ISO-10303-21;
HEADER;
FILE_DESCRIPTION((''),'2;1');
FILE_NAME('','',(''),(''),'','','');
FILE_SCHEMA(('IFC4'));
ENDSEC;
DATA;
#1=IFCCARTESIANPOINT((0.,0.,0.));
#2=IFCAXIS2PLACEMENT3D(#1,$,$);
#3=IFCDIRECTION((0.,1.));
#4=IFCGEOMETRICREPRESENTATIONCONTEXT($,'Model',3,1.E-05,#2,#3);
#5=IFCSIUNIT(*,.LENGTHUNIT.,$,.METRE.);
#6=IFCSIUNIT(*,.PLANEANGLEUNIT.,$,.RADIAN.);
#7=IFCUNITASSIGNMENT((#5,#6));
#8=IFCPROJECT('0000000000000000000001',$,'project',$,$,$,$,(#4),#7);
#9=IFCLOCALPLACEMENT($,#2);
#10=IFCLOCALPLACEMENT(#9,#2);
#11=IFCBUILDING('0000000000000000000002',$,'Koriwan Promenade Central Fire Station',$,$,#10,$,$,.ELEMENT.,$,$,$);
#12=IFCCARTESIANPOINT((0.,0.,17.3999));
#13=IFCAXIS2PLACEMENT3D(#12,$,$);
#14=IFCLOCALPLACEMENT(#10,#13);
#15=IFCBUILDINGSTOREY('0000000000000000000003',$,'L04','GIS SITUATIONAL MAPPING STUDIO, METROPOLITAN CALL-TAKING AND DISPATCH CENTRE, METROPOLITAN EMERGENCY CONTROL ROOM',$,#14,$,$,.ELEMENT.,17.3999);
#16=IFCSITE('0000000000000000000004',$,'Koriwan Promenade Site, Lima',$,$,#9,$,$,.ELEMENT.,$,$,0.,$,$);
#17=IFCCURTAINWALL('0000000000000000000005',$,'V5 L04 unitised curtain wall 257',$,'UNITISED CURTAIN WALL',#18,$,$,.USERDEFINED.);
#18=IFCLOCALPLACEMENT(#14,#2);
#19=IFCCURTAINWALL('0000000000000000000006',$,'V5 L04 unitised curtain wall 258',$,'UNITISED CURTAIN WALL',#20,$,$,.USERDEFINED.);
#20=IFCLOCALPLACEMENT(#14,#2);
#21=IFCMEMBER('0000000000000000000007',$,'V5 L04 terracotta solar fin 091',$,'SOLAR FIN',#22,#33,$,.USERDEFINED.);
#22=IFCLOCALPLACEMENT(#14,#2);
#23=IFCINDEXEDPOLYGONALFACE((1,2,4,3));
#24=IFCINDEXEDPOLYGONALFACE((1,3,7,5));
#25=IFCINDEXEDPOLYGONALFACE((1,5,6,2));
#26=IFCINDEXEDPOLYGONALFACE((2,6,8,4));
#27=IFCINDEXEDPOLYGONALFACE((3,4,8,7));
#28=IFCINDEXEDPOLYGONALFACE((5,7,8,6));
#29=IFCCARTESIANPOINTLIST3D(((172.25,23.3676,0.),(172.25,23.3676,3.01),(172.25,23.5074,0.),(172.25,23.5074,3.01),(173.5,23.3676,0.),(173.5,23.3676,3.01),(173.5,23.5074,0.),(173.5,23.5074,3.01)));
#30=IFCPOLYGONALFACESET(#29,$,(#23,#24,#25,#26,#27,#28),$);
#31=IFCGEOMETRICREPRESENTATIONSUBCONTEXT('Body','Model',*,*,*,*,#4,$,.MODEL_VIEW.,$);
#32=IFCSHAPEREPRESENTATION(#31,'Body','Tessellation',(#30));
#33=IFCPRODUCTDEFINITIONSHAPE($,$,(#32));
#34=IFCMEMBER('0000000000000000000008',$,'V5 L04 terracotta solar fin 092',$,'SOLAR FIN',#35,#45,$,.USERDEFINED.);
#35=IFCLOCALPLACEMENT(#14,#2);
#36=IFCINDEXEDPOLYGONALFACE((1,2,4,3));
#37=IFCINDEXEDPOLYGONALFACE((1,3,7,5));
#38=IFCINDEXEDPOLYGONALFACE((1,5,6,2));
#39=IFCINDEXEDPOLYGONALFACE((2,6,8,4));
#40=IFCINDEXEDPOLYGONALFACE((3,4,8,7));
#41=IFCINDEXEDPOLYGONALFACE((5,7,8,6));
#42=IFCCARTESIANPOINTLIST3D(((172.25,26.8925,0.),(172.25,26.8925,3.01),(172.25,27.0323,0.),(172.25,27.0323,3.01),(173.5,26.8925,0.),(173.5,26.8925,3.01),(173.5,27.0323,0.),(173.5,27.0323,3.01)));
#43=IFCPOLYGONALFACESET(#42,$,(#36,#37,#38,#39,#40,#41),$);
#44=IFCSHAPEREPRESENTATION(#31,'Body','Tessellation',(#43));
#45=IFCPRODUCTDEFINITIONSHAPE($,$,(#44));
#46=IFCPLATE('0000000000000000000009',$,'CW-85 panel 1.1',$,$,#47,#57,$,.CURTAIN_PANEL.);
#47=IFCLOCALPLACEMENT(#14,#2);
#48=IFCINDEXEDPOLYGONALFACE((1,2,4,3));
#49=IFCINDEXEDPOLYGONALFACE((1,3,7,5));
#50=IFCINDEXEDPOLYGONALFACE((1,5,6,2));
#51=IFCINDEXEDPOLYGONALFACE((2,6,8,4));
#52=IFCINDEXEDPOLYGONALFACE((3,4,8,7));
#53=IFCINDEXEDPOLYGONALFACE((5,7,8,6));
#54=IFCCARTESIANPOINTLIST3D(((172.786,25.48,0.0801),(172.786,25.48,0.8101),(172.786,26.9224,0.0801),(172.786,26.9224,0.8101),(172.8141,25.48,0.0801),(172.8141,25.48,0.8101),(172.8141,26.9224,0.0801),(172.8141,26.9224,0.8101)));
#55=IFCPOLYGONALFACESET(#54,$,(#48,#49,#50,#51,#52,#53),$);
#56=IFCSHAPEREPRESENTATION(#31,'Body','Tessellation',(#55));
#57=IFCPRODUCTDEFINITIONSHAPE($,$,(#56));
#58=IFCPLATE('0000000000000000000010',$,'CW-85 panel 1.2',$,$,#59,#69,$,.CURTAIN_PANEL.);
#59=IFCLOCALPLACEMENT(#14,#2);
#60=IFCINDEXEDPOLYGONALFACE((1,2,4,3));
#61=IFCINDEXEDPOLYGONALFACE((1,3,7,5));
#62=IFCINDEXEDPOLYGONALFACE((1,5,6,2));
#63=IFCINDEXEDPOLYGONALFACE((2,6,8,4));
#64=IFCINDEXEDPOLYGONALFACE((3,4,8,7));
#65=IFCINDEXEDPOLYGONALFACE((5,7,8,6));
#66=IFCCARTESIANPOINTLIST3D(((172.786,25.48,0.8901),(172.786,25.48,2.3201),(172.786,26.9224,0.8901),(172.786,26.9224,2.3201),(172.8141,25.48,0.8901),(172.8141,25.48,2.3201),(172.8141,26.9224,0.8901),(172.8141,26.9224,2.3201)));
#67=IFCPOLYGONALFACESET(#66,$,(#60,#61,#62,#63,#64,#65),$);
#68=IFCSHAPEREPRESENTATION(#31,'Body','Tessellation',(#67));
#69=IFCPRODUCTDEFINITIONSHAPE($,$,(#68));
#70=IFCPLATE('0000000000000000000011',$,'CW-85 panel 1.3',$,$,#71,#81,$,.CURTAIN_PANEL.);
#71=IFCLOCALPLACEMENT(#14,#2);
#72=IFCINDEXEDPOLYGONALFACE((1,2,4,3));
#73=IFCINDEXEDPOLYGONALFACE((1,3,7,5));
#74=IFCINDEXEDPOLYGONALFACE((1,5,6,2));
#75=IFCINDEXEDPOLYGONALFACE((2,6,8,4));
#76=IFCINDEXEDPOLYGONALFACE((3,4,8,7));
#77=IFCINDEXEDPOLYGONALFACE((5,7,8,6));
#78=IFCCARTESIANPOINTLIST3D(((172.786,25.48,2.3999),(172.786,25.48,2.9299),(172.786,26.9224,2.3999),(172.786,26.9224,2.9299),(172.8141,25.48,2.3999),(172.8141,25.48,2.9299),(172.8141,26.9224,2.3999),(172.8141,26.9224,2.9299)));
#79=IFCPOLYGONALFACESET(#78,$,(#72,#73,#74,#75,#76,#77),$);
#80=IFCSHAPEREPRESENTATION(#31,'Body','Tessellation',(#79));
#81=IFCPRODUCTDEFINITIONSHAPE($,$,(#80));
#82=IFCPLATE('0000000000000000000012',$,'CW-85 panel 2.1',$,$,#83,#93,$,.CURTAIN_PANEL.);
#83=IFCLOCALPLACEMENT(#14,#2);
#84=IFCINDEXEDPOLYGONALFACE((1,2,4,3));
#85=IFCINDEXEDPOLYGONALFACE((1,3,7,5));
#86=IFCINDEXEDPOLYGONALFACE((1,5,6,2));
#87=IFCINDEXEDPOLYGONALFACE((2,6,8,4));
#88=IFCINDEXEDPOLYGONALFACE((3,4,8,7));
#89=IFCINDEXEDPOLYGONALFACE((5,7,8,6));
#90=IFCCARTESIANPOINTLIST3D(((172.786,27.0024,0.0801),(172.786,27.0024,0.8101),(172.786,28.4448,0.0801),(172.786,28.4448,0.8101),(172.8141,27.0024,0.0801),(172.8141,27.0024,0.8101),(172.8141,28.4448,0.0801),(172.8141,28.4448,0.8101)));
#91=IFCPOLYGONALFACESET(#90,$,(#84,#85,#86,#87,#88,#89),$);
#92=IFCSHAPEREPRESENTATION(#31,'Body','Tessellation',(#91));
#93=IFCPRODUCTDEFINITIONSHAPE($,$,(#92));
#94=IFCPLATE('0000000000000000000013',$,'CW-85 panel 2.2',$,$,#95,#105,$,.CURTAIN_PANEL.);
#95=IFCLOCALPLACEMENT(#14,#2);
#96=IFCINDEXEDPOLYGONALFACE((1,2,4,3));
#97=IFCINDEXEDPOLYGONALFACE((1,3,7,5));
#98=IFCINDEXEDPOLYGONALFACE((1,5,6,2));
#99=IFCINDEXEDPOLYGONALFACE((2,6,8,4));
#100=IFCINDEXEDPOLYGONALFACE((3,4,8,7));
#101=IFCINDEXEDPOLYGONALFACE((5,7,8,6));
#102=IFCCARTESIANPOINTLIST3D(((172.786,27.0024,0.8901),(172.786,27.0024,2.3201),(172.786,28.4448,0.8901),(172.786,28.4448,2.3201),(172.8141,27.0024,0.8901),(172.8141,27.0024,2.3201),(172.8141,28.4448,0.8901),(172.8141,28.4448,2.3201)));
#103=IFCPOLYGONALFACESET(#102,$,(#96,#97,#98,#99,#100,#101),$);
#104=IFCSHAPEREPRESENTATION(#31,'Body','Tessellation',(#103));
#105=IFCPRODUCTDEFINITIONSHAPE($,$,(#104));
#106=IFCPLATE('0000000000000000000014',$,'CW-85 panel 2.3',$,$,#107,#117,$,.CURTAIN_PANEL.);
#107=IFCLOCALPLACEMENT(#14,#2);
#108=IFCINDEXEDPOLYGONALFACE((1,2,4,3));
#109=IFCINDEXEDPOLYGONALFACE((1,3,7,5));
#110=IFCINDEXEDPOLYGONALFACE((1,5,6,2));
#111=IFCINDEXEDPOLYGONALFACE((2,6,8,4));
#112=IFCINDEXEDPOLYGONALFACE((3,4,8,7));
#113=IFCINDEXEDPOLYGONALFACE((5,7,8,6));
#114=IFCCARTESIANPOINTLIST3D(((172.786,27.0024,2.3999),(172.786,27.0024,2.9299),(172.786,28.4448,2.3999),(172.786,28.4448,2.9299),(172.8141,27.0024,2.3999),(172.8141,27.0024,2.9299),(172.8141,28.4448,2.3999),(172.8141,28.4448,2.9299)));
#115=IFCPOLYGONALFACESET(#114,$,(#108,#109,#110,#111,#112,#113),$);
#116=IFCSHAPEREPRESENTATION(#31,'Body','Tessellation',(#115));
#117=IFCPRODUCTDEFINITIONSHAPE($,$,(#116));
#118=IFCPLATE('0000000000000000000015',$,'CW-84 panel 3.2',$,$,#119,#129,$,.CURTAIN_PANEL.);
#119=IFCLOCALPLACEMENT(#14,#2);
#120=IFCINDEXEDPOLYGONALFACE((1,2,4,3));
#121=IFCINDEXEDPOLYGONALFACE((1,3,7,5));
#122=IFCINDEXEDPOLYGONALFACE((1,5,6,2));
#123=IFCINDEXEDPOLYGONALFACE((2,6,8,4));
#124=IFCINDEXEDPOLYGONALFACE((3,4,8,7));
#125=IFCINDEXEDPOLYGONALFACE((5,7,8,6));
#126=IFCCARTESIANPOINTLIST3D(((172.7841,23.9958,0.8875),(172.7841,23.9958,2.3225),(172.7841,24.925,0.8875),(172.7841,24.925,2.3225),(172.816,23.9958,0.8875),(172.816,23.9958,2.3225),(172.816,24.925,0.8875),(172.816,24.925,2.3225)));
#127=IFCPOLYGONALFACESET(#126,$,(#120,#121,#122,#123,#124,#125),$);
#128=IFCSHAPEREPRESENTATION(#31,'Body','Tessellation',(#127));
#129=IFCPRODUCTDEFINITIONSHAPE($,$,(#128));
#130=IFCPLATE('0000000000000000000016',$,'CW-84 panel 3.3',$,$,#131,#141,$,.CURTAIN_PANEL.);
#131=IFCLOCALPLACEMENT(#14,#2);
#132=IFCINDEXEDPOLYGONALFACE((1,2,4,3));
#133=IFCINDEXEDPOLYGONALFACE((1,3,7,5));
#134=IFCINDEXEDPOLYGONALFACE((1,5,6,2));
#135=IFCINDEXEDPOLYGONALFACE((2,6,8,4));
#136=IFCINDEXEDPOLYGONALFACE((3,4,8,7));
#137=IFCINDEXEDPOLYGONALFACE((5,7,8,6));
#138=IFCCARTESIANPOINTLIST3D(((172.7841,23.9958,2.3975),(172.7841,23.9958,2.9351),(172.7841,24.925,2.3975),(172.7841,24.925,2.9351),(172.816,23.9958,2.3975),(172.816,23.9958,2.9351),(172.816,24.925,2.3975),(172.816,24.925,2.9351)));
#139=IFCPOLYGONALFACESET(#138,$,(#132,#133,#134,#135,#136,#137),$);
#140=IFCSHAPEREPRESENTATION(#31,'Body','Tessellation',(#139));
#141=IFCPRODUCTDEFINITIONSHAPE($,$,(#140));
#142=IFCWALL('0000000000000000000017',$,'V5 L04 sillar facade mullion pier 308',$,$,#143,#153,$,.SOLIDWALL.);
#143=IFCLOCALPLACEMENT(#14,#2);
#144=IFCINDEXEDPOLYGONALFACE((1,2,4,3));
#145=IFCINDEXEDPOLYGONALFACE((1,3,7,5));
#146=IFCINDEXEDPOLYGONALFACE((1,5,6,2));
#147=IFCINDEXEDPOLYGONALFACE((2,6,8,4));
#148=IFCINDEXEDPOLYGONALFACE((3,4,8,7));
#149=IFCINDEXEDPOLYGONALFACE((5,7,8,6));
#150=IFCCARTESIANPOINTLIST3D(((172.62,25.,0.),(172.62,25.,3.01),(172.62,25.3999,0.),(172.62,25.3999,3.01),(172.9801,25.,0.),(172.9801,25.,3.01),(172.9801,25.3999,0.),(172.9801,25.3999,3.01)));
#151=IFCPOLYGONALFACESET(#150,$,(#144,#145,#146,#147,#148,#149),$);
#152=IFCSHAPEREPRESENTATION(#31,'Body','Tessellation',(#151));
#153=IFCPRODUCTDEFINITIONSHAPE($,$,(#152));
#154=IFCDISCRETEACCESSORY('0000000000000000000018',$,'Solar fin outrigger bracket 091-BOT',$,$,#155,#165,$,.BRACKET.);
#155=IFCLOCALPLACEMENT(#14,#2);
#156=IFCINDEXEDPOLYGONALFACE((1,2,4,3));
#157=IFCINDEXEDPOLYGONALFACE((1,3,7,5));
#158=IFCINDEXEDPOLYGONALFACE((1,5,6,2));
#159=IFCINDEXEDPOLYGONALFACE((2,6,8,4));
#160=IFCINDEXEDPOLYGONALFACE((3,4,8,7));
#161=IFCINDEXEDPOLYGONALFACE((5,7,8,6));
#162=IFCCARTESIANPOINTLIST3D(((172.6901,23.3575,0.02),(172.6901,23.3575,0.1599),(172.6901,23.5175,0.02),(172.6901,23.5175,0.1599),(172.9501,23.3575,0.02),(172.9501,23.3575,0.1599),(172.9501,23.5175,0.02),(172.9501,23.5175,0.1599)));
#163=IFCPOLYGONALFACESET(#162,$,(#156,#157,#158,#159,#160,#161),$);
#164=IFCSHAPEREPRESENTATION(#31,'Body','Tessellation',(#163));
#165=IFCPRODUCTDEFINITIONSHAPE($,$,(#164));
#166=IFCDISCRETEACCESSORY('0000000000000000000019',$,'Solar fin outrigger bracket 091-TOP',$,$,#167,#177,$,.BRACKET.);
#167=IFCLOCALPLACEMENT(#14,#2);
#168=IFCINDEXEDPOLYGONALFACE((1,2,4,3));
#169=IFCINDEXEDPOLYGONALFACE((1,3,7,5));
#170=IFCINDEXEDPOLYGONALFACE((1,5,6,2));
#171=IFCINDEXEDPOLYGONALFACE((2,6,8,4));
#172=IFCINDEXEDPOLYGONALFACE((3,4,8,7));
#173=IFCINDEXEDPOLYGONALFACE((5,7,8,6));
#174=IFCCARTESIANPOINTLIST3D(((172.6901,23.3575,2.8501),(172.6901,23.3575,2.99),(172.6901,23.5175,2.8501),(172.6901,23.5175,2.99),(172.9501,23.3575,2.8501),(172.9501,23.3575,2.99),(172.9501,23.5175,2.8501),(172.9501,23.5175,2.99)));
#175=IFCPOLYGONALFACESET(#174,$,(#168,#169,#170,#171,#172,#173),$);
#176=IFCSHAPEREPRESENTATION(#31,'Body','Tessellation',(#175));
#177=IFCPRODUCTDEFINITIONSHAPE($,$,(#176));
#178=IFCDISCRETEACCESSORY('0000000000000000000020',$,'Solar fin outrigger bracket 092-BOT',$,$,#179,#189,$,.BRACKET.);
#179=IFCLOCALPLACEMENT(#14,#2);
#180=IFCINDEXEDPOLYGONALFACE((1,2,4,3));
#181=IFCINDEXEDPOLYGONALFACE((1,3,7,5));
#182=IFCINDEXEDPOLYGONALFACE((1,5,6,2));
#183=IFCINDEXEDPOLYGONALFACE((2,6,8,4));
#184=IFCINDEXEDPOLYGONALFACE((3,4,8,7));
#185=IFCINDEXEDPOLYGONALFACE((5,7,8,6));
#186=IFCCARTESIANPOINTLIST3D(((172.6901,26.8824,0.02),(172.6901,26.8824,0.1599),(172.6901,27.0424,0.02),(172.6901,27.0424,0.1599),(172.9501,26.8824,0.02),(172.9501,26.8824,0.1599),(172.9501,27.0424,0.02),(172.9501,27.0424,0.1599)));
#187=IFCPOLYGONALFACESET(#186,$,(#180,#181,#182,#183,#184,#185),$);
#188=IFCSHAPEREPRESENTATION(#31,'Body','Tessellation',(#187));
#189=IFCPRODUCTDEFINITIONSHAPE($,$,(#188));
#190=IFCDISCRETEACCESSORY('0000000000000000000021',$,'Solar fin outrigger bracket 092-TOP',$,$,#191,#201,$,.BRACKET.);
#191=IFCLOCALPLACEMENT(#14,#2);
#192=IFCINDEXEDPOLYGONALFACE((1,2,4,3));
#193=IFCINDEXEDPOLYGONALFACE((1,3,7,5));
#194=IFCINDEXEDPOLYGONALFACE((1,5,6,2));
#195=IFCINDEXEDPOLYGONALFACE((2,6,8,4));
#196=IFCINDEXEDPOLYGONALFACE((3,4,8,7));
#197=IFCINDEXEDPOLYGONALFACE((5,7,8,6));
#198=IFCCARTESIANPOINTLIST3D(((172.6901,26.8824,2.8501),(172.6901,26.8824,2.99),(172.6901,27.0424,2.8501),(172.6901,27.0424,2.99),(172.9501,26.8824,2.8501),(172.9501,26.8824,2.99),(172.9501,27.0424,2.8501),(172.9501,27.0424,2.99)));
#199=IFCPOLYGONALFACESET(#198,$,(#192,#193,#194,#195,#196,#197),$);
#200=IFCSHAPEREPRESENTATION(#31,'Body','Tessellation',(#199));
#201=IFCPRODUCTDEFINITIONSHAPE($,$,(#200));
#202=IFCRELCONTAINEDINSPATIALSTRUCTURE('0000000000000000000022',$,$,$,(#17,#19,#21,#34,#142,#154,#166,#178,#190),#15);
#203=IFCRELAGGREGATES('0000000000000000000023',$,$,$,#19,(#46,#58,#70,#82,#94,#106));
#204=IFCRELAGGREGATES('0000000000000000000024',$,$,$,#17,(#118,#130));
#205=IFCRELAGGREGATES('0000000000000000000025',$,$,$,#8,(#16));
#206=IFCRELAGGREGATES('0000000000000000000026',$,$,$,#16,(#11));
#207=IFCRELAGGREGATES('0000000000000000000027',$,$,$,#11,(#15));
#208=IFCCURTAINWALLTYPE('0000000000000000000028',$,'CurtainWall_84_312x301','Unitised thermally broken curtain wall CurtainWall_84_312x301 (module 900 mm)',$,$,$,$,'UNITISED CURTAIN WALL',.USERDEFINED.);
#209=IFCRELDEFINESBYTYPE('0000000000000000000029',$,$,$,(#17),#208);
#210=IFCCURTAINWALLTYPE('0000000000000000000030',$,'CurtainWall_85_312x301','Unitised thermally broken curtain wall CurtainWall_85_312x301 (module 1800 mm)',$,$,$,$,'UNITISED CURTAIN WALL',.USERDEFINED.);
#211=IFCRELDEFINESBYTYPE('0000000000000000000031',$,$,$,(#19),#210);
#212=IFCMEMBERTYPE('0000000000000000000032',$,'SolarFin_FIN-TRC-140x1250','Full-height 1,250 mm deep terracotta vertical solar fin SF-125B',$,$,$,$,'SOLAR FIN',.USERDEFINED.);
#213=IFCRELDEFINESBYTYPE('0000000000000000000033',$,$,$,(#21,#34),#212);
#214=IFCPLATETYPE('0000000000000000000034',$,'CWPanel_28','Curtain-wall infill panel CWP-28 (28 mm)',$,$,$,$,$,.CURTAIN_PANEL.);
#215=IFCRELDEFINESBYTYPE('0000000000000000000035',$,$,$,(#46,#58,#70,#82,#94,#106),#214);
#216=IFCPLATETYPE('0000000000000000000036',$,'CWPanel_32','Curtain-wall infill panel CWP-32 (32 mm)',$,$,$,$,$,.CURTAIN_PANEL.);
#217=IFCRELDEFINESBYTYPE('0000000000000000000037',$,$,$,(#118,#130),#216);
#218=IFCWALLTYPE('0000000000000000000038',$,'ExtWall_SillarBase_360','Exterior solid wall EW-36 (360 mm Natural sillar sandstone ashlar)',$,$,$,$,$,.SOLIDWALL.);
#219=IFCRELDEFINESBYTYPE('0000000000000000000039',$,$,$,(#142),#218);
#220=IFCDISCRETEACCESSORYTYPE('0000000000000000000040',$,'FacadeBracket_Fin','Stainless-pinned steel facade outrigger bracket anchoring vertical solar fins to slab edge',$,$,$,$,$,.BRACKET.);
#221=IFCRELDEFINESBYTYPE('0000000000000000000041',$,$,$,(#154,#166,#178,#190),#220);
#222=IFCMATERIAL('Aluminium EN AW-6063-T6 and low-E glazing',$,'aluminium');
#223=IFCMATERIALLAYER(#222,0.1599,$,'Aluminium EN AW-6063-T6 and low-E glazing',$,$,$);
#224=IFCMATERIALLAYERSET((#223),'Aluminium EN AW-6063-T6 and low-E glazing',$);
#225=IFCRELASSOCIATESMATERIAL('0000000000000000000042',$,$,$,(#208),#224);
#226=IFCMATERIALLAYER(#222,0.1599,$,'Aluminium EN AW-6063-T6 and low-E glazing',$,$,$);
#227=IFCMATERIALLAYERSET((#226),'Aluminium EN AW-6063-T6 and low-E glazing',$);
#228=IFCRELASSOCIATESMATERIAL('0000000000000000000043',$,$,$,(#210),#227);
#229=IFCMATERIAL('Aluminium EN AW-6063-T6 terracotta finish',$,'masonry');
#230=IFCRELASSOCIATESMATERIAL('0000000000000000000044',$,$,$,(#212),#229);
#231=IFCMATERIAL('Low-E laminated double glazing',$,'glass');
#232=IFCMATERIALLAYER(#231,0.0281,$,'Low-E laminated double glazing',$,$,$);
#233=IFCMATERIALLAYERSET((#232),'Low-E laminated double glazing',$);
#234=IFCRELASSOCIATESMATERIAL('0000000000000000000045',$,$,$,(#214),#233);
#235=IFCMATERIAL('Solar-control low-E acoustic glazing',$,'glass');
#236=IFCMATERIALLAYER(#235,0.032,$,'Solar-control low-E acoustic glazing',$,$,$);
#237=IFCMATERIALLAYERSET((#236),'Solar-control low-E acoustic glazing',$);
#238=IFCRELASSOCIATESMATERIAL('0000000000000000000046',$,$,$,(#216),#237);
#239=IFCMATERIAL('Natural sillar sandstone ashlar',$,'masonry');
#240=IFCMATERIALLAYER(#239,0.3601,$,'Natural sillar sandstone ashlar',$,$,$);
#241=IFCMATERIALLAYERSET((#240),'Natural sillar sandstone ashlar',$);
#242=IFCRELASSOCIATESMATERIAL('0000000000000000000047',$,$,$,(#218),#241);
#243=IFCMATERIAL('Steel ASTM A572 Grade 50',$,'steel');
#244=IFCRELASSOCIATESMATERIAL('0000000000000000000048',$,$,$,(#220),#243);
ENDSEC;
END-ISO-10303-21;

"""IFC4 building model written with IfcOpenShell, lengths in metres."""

from ifc_helpers import new_model, si_unit, direction, frame, frame_2d, origin, origin_2d, place, context, subcontext, project, spatial, rectangle, extrude, material, layer, layer_set, material_profile, profile_set, type_object, element, aggregate, save


model = new_model("IFC4")

# Units and contexts
model_context = context("Model", 3, precision=1e-05, world=origin(), true_north=direction((0.0, 1.0)))
body_context = subcontext(model_context, "Body", "Model", "MODEL_VIEW")
ifc_project = project(units=[si_unit("LENGTHUNIT", "METRE"), si_unit("PLANEANGLEUNIT", "RADIAN")], contexts=[model_context])

# Site, building, storey
site_placement = place(None, origin())
site = spatial("IfcSite", under=ifc_project, at=site_placement, Name="Koriwan Promenade Site, Lima", CompositionType="ELEMENT", RefElevation=0.0)
building_placement = place(site_placement, origin())
building = spatial("IfcBuilding", under=site, at=building_placement, Name="Koriwan Promenade Central Fire Station", CompositionType="ELEMENT")
storey_placement = place(building_placement, frame((0.0, 0.0, 17.3999)))
storey = spatial("IfcBuildingStorey", under=building, at=storey_placement, Name="L04", Description="GIS SITUATIONAL MAPPING STUDIO, METROPOLITAN CALL-TAKING AND DISPATCH CENTRE, METROPOLITAN EMERGENCY CONTROL ROOM", CompositionType="ELEMENT", Elevation=17.3999)

# Curtain wall
ifc_material_1 = material(Name="Aluminium EN AW-6063-T6 and low-E glazing", Category="aluminium")
ifc_layer_1 = layer(ifc_material_1, 0.1599, Name="Aluminium EN AW-6063-T6 and low-E glazing")
ifc_layer_set_1 = layer_set([ifc_layer_1], Name="Aluminium EN AW-6063-T6 and low-E glazing")
curtain_wall_type_1 = type_object("IfcCurtainWallType", Name="CurtainWall_84_312x301", Description="Unitised thermally broken curtain wall CurtainWall_84_312x301 (module 900 mm)", ElementType="UNITISED CURTAIN WALL", PredefinedType="USERDEFINED", material=ifc_layer_set_1)
curtain_wall_1_placement = place(storey_placement, origin())
curtain_wall_1 = element("IfcCurtainWall", 1, at=curtain_wall_1_placement, inside=storey, type_object=curtain_wall_type_1, Name="V5 L04 unitised curtain wall 257", ObjectType="UNITISED CURTAIN WALL", PredefinedType="USERDEFINED")

# Curtain wall
ifc_layer_2 = layer(ifc_material_1, 0.1599, Name="Aluminium EN AW-6063-T6 and low-E glazing")
ifc_layer_set_2 = layer_set([ifc_layer_2], Name="Aluminium EN AW-6063-T6 and low-E glazing")
curtain_wall_type_2 = type_object("IfcCurtainWallType", Name="CurtainWall_85_312x301", Description="Unitised thermally broken curtain wall CurtainWall_85_312x301 (module 1800 mm)", ElementType="UNITISED CURTAIN WALL", PredefinedType="USERDEFINED", material=ifc_layer_set_2)
curtain_wall_2_placement = place(storey_placement, origin())
curtain_wall_2 = element("IfcCurtainWall", 2, at=curtain_wall_2_placement, inside=storey, type_object=curtain_wall_type_2, Name="V5 L04 unitised curtain wall 258", ObjectType="UNITISED CURTAIN WALL", PredefinedType="USERDEFINED")

# Members
ifc_material_2 = material(Name="Aluminium EN AW-6063-T6 terracotta finish", Category="masonry")
ifc_material_profile_1 = material_profile(ifc_material_2, rectangle(XDim=0.1399, YDim=1.25, at=origin_2d()), Name="FIN-TRC-140x1250")
ifc_profile_set_1 = profile_set([ifc_material_profile_1], Name="Aluminium EN AW-6063-T6 terracotta finish")
member_type_1 = type_object("IfcMemberType", Name="SolarFin_FIN-TRC-140x1250", Description="Full-height 1,250 mm deep terracotta vertical solar fin SF-125B", ElementType="SOLAR FIN", PredefinedType="USERDEFINED", material=ifc_profile_set_1)
for number, where, z_axis, x_axis, name in (
    (3, (172.875, 23.4375, 0.0), (0.0, 0.0, 1.0), (0.0, -1.0, 0.0), "V5 L04 terracotta solar fin 091"),
    (4, (172.875, 26.9624, 0.0), (0.0, 0.0, 1.0), (0.0, -1.0, 0.0), "V5 L04 terracotta solar fin 092"),
):
    element("IfcMember", number, at=place(storey_placement, frame(where, z_axis=z_axis, x_axis=x_axis)), inside=storey, type_object=member_type_1, Name=name, ObjectType="SOLAR FIN", PredefinedType="USERDEFINED", context=body_context, shape_type="SweptSolid", body=[
        extrude(rectangle(XDim=0.1399, YDim=1.25, at=origin_2d()), origin(), (0.0, 0.0, 1.0), 3.01),
    ])

# Plates
ifc_material_3 = material(Name="Low-E laminated double glazing", Category="glass")
ifc_layer_3 = layer(ifc_material_3, 0.0281, Name="Low-E laminated double glazing")
ifc_layer_set_3 = layer_set([ifc_layer_3], Name="Low-E laminated double glazing")
plate_type_1 = type_object("IfcPlateType", Name="CWPanel_28", Description="Curtain-wall infill panel CWP-28 (28 mm)", PredefinedType="CURTAIN_PANEL", material=ifc_layer_set_3)
plate_1_placement = place(storey_placement, frame((172.8, 26.2012, 0.0801), z_axis=(0.0, 0.0, 1.0), x_axis=(0.0, 1.0, 0.0)))
plate_1 = element("IfcPlate", 5, at=plate_1_placement, type_object=plate_type_1, Name="CW-85 panel 1.1", PredefinedType="CURTAIN_PANEL", context=body_context, shape_type="SweptSolid", body=[
    extrude(rectangle(XDim=1.4424, YDim=0.0281, at=origin_2d()), origin(), (0.0, 0.0, 1.0), 0.73),
])
plate_2_placement = place(storey_placement, frame((172.8, 26.2012, 0.8901), z_axis=(0.0, 0.0, 1.0), x_axis=(0.0, 1.0, 0.0)))
plate_2 = element("IfcPlate", 6, at=plate_2_placement, type_object=plate_type_1, Name="CW-85 panel 1.2", PredefinedType="CURTAIN_PANEL", context=body_context, shape_type="SweptSolid", body=[
    extrude(rectangle(XDim=1.4424, YDim=0.0281, at=origin_2d()), origin(), (0.0, 0.0, 1.0), 1.4299),
])
plate_3_placement = place(storey_placement, frame((172.8, 26.2012, 2.3999), z_axis=(0.0, 0.0, 1.0), x_axis=(0.0, 1.0, 0.0)))
plate_3 = element("IfcPlate", 7, at=plate_3_placement, type_object=plate_type_1, Name="CW-85 panel 1.3", PredefinedType="CURTAIN_PANEL", context=body_context, shape_type="SweptSolid", body=[
    extrude(rectangle(XDim=1.4424, YDim=0.0281, at=origin_2d()), origin(), (0.0, 0.0, 1.0), 0.53),
])
plate_4_placement = place(storey_placement, frame((172.8, 27.7236, 0.0801), z_axis=(0.0, 0.0, 1.0), x_axis=(0.0, 1.0, 0.0)))
plate_4 = element("IfcPlate", 8, at=plate_4_placement, type_object=plate_type_1, Name="CW-85 panel 2.1", PredefinedType="CURTAIN_PANEL", context=body_context, shape_type="SweptSolid", body=[
    extrude(rectangle(XDim=1.4424, YDim=0.0281, at=origin_2d()), origin(), (0.0, 0.0, 1.0), 0.73),
])
plate_5_placement = place(storey_placement, frame((172.8, 27.7236, 0.8901), z_axis=(0.0, 0.0, 1.0), x_axis=(0.0, 1.0, 0.0)))
plate_5 = element("IfcPlate", 9, at=plate_5_placement, type_object=plate_type_1, Name="CW-85 panel 2.2", PredefinedType="CURTAIN_PANEL", context=body_context, shape_type="SweptSolid", body=[
    extrude(rectangle(XDim=1.4424, YDim=0.0281, at=origin_2d()), origin(), (0.0, 0.0, 1.0), 1.4299),
])
plate_6_placement = place(storey_placement, frame((172.8, 27.7236, 2.3999), z_axis=(0.0, 0.0, 1.0), x_axis=(0.0, 1.0, 0.0)))
plate_6 = element("IfcPlate", 10, at=plate_6_placement, type_object=plate_type_1, Name="CW-85 panel 2.3", PredefinedType="CURTAIN_PANEL", context=body_context, shape_type="SweptSolid", body=[
    extrude(rectangle(XDim=1.4424, YDim=0.0281, at=origin_2d()), origin(), (0.0, 0.0, 1.0), 0.53),
])
aggregate(curtain_wall_2, [plate_1, plate_2, plate_3, plate_4, plate_5, plate_6])
ifc_material_4 = material(Name="Solar-control low-E acoustic glazing", Category="glass")
ifc_layer_4 = layer(ifc_material_4, 0.032, Name="Solar-control low-E acoustic glazing")
ifc_layer_set_4 = layer_set([ifc_layer_4], Name="Solar-control low-E acoustic glazing")
plate_type_2 = type_object("IfcPlateType", Name="CWPanel_32", Description="Curtain-wall infill panel CWP-32 (32 mm)", PredefinedType="CURTAIN_PANEL", material=ifc_layer_set_4)
plate_7_placement = place(storey_placement, frame((172.8, 24.4604, 0.8875), z_axis=(0.0, 0.0, 1.0), x_axis=(0.0, 1.0, 0.0)))
plate_7 = element("IfcPlate", 11, at=plate_7_placement, type_object=plate_type_2, Name="CW-84 panel 3.2", PredefinedType="CURTAIN_PANEL", context=body_context, shape_type="SweptSolid", body=[
    extrude(rectangle(XDim=0.9292, YDim=0.032, at=origin_2d()), origin(), (0.0, 0.0, 1.0), 1.4351),
])
plate_8_placement = place(storey_placement, frame((172.8, 24.4604, 2.3975), z_axis=(0.0, 0.0, 1.0), x_axis=(0.0, 1.0, 0.0)))
plate_8 = element("IfcPlate", 12, at=plate_8_placement, type_object=plate_type_2, Name="CW-84 panel 3.3", PredefinedType="CURTAIN_PANEL", context=body_context, shape_type="SweptSolid", body=[
    extrude(rectangle(XDim=0.9292, YDim=0.032, at=origin_2d()), origin(), (0.0, 0.0, 1.0), 0.5376),
])
aggregate(curtain_wall_1, [plate_7, plate_8])

# Wall
ifc_material_5 = material(Name="Natural sillar sandstone ashlar", Category="masonry")
ifc_layer_5 = layer(ifc_material_5, 0.3601, Name="Natural sillar sandstone ashlar")
ifc_layer_set_5 = layer_set([ifc_layer_5], Name="Natural sillar sandstone ashlar")
wall_type = type_object("IfcWallType", Name="ExtWall_SillarBase_360", Description="Exterior solid wall EW-36 (360 mm Natural sillar sandstone ashlar)", PredefinedType="SOLIDWALL", material=ifc_layer_set_5)
wall_placement = place(storey_placement, frame((172.8, 25.0, 0.0), z_axis=(0.0, 0.0, 1.0), x_axis=(0.0, 1.0, 0.0)))
element("IfcWall", 13, at=wall_placement, inside=storey, type_object=wall_type, Name="V5 L04 sillar facade mullion pier 308", PredefinedType="SOLIDWALL", context=body_context, shape_type="SweptSolid", body=[
    extrude(rectangle(XDim=0.3999, YDim=0.3601, at=frame_2d((0.2, 0.0))), origin(), (0.0, 0.0, 1.0), 3.01),
])

# Discrete accessories
ifc_material_6 = material(Name="Steel ASTM A572 Grade 50", Category="steel")
discrete_accessory_type = type_object("IfcDiscreteAccessoryType", Name="FacadeBracket_Fin", Description="Stainless-pinned steel facade outrigger bracket anchoring vertical solar fins to slab edge", PredefinedType="BRACKET", material=ifc_material_6)
for number, where, z_axis, x_axis, name in (
    (14, (172.8201, 23.4375, 0.02), (0.0, 0.0, 1.0), (1.0, 0.0, 0.0), "Solar fin outrigger bracket 091-BOT"),
    (15, (172.8201, 23.4375, 2.8501), (0.0, 0.0, 1.0), (1.0, 0.0, 0.0), "Solar fin outrigger bracket 091-TOP"),
    (16, (172.8201, 26.9624, 0.02), (0.0, 0.0, 1.0), (1.0, 0.0, 0.0), "Solar fin outrigger bracket 092-BOT"),
    (17, (172.8201, 26.9624, 2.8501), (0.0, 0.0, 1.0), (1.0, 0.0, 0.0), "Solar fin outrigger bracket 092-TOP"),
):
    element("IfcDiscreteAccessory", number, at=place(storey_placement, frame(where, z_axis=z_axis, x_axis=x_axis)), inside=storey, type_object=discrete_accessory_type, Name=name, PredefinedType="BRACKET", context=body_context, shape_type="SweptSolid", body=[
        extrude(rectangle(XDim=0.26, YDim=0.1599, at=origin_2d()), origin(), (0.0, 0.0, 1.0), 0.1399),
    ])

save(model, "model.ifc")
